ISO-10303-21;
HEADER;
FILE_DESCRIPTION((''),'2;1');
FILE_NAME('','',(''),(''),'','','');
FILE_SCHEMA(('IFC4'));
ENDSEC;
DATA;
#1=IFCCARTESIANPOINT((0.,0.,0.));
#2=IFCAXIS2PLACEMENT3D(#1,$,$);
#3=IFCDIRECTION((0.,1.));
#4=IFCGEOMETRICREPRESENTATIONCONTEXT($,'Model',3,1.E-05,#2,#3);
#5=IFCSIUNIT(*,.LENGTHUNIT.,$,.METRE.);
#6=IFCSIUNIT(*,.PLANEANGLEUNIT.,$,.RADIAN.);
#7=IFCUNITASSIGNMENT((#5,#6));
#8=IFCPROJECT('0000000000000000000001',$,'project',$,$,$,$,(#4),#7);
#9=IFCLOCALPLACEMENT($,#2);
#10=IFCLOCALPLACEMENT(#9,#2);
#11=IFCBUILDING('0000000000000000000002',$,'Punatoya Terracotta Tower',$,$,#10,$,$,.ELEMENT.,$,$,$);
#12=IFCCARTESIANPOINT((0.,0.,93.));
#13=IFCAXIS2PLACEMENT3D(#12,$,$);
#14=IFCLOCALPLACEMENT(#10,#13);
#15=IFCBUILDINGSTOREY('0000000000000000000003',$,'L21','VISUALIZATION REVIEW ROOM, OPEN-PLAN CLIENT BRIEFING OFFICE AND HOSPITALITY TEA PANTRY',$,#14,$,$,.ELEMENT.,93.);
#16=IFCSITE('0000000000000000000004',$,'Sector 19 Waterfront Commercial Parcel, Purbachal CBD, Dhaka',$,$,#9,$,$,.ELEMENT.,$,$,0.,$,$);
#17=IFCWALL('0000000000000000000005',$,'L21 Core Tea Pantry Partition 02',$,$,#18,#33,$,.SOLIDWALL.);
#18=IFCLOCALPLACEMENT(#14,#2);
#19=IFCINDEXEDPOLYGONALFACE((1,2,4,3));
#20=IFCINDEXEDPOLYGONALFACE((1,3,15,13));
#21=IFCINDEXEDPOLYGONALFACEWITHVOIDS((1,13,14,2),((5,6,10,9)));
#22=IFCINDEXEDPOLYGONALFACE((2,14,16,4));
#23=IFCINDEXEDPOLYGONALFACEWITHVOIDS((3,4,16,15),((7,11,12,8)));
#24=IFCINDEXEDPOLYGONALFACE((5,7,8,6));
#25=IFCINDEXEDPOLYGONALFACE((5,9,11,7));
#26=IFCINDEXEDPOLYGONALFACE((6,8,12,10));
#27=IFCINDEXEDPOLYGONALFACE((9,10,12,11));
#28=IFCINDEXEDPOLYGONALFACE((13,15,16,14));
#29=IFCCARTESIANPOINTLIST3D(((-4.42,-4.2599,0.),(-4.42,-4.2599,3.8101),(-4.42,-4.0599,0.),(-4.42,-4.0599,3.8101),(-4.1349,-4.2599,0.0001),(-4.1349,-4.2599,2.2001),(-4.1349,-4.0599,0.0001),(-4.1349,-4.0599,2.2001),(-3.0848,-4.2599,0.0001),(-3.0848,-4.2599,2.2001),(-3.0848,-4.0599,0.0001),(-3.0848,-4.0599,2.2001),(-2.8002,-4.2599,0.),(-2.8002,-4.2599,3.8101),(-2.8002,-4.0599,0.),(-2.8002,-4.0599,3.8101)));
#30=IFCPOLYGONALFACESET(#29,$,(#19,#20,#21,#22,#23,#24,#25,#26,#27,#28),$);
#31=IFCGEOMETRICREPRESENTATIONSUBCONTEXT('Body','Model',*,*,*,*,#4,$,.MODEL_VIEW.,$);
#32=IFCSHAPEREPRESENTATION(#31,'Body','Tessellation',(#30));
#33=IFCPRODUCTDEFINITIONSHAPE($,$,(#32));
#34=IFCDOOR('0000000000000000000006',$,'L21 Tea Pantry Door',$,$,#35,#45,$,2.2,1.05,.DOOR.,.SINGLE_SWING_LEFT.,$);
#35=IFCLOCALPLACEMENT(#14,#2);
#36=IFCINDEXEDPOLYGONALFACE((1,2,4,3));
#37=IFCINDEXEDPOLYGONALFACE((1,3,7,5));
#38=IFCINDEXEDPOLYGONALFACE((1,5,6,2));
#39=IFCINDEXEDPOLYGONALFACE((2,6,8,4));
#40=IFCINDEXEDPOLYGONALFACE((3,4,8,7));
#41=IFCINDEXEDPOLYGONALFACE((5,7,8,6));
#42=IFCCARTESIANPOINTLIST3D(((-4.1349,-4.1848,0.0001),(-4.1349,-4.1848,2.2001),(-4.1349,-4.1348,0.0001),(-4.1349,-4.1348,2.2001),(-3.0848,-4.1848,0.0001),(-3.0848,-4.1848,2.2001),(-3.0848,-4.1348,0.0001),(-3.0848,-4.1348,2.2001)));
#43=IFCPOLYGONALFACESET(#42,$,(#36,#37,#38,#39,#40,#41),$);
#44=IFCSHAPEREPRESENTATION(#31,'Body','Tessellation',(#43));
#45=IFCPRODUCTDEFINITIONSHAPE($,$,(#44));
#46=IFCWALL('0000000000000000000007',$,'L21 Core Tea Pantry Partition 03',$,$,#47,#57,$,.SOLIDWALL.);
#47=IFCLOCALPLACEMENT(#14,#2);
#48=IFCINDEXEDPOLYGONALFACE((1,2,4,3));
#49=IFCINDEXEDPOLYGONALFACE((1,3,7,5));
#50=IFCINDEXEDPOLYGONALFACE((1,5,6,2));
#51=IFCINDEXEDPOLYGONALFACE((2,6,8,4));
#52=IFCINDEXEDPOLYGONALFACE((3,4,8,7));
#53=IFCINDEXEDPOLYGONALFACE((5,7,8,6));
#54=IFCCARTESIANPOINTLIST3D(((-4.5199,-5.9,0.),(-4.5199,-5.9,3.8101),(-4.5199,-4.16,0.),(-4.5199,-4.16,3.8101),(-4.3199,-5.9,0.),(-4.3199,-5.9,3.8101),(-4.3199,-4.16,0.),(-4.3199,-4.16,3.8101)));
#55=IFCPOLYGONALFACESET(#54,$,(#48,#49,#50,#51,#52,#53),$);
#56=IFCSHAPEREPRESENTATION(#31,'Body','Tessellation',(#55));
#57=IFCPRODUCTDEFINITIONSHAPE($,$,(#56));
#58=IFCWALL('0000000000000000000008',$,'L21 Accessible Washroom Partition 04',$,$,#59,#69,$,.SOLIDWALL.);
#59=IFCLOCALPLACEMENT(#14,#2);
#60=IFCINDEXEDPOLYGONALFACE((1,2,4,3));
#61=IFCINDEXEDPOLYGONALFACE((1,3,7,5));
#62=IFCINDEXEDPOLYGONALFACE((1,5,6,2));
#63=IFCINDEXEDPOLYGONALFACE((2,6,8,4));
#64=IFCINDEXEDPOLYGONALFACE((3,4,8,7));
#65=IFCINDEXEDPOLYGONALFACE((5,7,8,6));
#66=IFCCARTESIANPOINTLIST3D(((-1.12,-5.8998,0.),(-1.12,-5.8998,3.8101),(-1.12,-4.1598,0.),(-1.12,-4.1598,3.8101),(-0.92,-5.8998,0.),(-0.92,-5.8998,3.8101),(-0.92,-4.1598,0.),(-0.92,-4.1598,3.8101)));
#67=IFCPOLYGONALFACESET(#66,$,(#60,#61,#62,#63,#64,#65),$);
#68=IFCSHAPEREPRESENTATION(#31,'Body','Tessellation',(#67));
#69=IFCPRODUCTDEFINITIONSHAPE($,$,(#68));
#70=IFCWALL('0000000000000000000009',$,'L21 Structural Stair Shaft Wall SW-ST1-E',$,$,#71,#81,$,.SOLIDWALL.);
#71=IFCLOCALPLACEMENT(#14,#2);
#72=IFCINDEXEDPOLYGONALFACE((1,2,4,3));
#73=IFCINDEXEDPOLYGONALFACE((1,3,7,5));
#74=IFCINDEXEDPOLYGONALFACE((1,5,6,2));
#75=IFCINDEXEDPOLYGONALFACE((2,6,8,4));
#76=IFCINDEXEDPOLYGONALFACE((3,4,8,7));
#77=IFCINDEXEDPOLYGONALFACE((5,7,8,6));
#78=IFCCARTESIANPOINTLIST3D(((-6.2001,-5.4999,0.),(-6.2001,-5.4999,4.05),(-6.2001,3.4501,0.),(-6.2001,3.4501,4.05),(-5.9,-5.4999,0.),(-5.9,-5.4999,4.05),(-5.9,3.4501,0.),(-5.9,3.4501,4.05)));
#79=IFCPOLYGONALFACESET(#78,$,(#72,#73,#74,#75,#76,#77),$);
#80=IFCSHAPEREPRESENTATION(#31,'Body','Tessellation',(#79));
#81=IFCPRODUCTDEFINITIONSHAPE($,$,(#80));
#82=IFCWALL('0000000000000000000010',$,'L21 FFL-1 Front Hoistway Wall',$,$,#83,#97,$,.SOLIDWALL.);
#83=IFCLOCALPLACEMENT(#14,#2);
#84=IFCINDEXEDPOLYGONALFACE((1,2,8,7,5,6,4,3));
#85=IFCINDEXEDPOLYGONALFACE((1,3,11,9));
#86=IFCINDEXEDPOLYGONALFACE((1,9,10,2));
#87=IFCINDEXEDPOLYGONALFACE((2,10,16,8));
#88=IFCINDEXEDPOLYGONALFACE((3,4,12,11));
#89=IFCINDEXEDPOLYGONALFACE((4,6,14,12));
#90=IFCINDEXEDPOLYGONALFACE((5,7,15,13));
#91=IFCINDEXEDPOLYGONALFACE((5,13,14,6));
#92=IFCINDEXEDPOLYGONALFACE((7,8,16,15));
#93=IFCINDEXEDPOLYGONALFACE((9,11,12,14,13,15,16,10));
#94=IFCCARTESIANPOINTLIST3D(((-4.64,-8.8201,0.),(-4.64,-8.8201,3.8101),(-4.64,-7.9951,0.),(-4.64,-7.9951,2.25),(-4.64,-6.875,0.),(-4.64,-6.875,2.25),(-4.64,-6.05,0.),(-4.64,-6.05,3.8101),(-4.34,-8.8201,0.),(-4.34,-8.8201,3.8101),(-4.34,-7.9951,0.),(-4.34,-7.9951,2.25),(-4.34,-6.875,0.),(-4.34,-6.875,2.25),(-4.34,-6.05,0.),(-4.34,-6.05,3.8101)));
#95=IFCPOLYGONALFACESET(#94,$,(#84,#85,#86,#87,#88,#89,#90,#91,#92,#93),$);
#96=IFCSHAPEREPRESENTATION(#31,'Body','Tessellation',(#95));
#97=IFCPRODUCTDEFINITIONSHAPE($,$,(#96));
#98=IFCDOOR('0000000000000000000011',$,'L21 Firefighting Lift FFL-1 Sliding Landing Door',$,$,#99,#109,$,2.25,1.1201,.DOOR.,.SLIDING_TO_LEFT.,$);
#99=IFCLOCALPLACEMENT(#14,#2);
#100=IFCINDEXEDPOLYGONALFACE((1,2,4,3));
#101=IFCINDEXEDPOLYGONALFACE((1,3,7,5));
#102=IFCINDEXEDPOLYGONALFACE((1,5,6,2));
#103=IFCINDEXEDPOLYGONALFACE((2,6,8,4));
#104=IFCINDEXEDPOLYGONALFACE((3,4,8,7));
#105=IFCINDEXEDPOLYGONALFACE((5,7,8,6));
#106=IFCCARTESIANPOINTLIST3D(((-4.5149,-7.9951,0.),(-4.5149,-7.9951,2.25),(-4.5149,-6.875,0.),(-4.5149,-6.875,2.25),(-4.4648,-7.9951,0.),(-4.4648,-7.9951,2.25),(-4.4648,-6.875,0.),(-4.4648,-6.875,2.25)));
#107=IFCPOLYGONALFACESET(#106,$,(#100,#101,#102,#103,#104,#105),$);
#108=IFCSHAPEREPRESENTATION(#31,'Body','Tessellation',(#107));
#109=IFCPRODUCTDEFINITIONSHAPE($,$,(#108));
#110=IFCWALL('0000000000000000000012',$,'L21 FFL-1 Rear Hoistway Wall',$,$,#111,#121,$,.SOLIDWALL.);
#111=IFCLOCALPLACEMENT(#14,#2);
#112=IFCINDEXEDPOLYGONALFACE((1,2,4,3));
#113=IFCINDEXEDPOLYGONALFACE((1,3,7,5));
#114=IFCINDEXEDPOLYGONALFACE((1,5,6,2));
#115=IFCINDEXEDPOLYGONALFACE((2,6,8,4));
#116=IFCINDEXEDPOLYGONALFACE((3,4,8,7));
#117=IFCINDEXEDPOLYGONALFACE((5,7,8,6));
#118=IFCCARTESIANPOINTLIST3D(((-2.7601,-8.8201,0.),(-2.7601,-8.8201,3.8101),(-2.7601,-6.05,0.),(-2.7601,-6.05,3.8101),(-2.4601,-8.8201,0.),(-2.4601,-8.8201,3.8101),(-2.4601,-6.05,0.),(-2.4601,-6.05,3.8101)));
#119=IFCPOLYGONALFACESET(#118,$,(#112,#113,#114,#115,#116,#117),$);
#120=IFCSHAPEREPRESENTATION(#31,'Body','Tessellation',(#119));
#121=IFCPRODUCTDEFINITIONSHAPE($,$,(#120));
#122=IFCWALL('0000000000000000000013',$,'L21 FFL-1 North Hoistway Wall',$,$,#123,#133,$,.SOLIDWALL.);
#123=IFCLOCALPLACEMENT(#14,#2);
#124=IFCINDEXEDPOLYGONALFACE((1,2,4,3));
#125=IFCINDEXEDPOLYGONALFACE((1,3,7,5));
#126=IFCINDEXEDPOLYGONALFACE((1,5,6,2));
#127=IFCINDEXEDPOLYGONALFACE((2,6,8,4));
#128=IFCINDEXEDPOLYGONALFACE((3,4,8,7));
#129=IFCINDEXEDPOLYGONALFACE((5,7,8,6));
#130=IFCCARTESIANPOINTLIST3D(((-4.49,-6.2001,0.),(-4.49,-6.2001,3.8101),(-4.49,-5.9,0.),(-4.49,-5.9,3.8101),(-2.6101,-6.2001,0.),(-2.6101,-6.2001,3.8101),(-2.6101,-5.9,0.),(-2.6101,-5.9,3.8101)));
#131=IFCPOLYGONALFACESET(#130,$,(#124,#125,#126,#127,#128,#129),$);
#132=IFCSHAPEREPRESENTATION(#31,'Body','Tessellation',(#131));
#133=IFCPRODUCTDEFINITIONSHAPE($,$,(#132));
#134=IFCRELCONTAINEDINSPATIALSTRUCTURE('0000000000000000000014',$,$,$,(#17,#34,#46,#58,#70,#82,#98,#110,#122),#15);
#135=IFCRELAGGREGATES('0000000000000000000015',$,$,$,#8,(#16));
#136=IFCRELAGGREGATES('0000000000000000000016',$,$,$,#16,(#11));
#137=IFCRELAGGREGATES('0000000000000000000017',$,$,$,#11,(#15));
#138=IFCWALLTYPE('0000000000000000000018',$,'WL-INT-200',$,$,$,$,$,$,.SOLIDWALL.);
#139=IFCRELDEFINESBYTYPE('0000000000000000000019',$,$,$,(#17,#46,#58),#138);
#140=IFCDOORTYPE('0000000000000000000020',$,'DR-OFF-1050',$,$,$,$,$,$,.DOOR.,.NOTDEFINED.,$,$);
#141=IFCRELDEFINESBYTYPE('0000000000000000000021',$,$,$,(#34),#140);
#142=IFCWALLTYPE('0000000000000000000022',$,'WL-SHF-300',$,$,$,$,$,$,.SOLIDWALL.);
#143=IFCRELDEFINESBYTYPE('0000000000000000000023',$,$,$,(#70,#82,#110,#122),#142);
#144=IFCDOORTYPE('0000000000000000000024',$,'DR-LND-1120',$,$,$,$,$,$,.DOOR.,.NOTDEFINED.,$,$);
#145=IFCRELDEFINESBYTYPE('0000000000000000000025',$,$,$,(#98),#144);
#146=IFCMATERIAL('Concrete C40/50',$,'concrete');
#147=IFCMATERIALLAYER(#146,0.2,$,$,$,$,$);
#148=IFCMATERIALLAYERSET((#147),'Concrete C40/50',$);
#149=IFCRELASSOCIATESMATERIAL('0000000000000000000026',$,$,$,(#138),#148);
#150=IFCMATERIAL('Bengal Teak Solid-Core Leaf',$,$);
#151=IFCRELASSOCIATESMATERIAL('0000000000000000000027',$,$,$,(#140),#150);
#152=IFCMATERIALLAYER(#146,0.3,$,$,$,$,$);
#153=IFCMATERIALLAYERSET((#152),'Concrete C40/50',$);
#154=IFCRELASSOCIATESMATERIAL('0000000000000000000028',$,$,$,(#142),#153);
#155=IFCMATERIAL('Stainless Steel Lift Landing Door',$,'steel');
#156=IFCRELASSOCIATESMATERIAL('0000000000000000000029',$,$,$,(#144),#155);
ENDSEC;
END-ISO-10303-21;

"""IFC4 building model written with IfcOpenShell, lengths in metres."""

from ifc_helpers import new_model, si_unit, direction, frame, frame_2d, origin, place, context, subcontext, project, spatial, rectangle, extrude, material, layer, layer_set, type_object, element, fill, save


model = new_model("IFC4")

# Units and contexts
model_context = context("Model", 3, precision=1e-05, world=origin(), true_north=direction((0.0, 1.0)))
body_context = subcontext(model_context, "Body", "Model", "MODEL_VIEW")
ifc_project = project(units=[si_unit("LENGTHUNIT", "METRE"), si_unit("PLANEANGLEUNIT", "RADIAN")], contexts=[model_context])

# Site, building, storey
site_placement = place(None, origin())
site = spatial("IfcSite", under=ifc_project, at=site_placement, Name="Sector 19 Waterfront Commercial Parcel, Purbachal CBD, Dhaka", CompositionType="ELEMENT", RefElevation=0.0)
building_placement = place(site_placement, origin())
building = spatial("IfcBuilding", under=site, at=building_placement, Name="Punatoya Terracotta Tower", CompositionType="ELEMENT")
storey_placement = place(building_placement, frame((0.0, 0.0, 93.0)))
storey = spatial("IfcBuildingStorey", under=building, at=storey_placement, Name="L21", Description="VISUALIZATION REVIEW ROOM, OPEN-PLAN CLIENT BRIEFING OFFICE AND HOSPITALITY TEA PANTRY", CompositionType="ELEMENT", Elevation=93.0)

# Shared definitions
ifc_material_1 = material(Name="Concrete C40/50", Category="concrete")

# Shared definitions
ifc_layer_1 = layer(ifc_material_1, 0.2)
ifc_layer_set_1 = layer_set([ifc_layer_1], Name="Concrete C40/50")
wall_type_1 = type_object("IfcWallType", Name="WL-INT-200", PredefinedType="SOLIDWALL", material=ifc_layer_set_1)

# Wall, opening, door
wall_1_placement = place(storey_placement, frame((-2.8, -4.1599, 0.0), z_axis=(0.0, 0.0, 1.0), x_axis=(-1.0, 0.0, 0.0)))
wall_1 = element("IfcWall", 1, at=wall_1_placement, inside=storey, type_object=wall_type_1, Name="L21 Core Tea Pantry Partition 02", PredefinedType="SOLIDWALL", context=body_context, shape_type="SweptSolid", body=[
    extrude(rectangle(XDim=1.6199, YDim=0.2, at=frame_2d((0.8101, 0.0))), origin(), (0.0, 0.0, 1.0), 3.8101),
])
opening_1_placement = place(wall_1_placement, frame((0.2849, 0.0, 0.0)))
opening_1 = element("IfcOpeningElement", 2, at=opening_1_placement, cuts=wall_1, PredefinedType="OPENING", context=body_context, shape_type="SweptSolid", body=[
    extrude(rectangle(XDim=1.05, YDim=2.2, at=frame_2d((0.5249, 1.1001))), frame((0.0, 0.1099, 0.0), z_axis=(0.0, -1.0, 0.0), x_axis=(1.0, 0.0, 0.0)), (0.0, 0.0, 1.0), 0.22),
])
ifc_material_2 = material(Name="Bengal Teak Solid-Core Leaf")
door_type_1 = type_object("IfcDoorType", Name="DR-OFF-1050", OperationType="NOTDEFINED", PredefinedType="DOOR", material=ifc_material_2)
door_1_placement = place(opening_1_placement, origin())
door_1 = element("IfcDoor", 3, at=door_1_placement, inside=storey, type_object=door_type_1, Name="L21 Tea Pantry Door", OperationType="SINGLE_SWING_LEFT", OverallHeight=2.2, OverallWidth=1.05, PredefinedType="DOOR", context=body_context, shape_type="SweptSolid", body=[
    extrude(rectangle(XDim=1.05, YDim=2.2, at=frame_2d((0.5249, 1.1001))), frame((0.0, 0.0249, 0.0), z_axis=(0.0, -1.0, 0.0), x_axis=(1.0, 0.0, 0.0)), (0.0, 0.0, 1.0), 0.05),
])
fill(opening_1, door_1)

# Walls
for number, where, z_axis, x_axis, name in (
    (4, (-4.4199, -4.1599, 0.0), (0.0, 0.0, 1.0), (0.0, -1.0, 0.0), "L21 Core Tea Pantry Partition 03"),
    (5, (-1.02, -5.8999, 0.0), (0.0, 0.0, 1.0), (0.0, 1.0, 0.0), "L21 Accessible Washroom Partition 04"),
):
    element("IfcWall", number, at=place(storey_placement, frame(where, z_axis=z_axis, x_axis=x_axis)), inside=storey, type_object=wall_type_1, Name=name, PredefinedType="SOLIDWALL", context=body_context, shape_type="SweptSolid", body=[
        extrude(rectangle(XDim=1.74, YDim=0.2, at=frame_2d((0.8701, 0.0))), origin(), (0.0, 0.0, 1.0), 3.8101),
    ])

# Wall
ifc_layer_2 = layer(ifc_material_1, 0.3)
ifc_layer_set_2 = layer_set([ifc_layer_2], Name="Concrete C40/50")
wall_type_2 = type_object("IfcWallType", Name="WL-SHF-300", PredefinedType="SOLIDWALL", material=ifc_layer_set_2)
wall_2_placement = place(storey_placement, frame((-6.05, -5.5, 0.0), z_axis=(0.0, 0.0, 1.0), x_axis=(0.0, 1.0, 0.0)))
element("IfcWall", 6, at=wall_2_placement, inside=storey, type_object=wall_type_2, Name="L21 Structural Stair Shaft Wall SW-ST1-E", PredefinedType="SOLIDWALL", context=body_context, shape_type="SweptSolid", body=[
    extrude(rectangle(XDim=8.95, YDim=0.3, at=frame_2d((4.4751, 0.0))), origin(), (0.0, 0.0, 1.0), 4.05),
])

# Wall, opening, door
wall_3_placement = place(storey_placement, frame((-4.49, -8.8201, 0.0), z_axis=(0.0, 0.0, 1.0), x_axis=(0.0, 1.0, 0.0)))
wall_3 = element("IfcWall", 7, at=wall_3_placement, inside=storey, type_object=wall_type_2, Name="L21 FFL-1 Front Hoistway Wall", PredefinedType="SOLIDWALL", context=body_context, shape_type="SweptSolid", body=[
    extrude(rectangle(XDim=2.77, YDim=0.3, at=frame_2d((1.385, 0.0))), origin(), (0.0, 0.0, 1.0), 3.8101),
])
opening_2_placement = place(wall_3_placement, frame((0.825, 0.0, 0.0)))
opening_2 = element("IfcOpeningElement", 8, at=opening_2_placement, cuts=wall_3, PredefinedType="OPENING", context=body_context, shape_type="SweptSolid", body=[
    extrude(rectangle(XDim=1.1201, YDim=2.25, at=frame_2d((0.5601, 1.125))), frame((0.0, 0.1599, 0.0), z_axis=(0.0, -1.0, 0.0), x_axis=(1.0, 0.0, 0.0)), (0.0, 0.0, 1.0), 0.3201),
])
ifc_material_3 = material(Name="Stainless Steel Lift Landing Door", Category="steel")
door_type_2 = type_object("IfcDoorType", Name="DR-LND-1120", OperationType="NOTDEFINED", PredefinedType="DOOR", material=ifc_material_3)
door_2_placement = place(opening_2_placement, origin())
door_2 = element("IfcDoor", 9, at=door_2_placement, inside=storey, type_object=door_type_2, Name="L21 Firefighting Lift FFL-1 Sliding Landing Door", OperationType="SLIDING_TO_LEFT", OverallHeight=2.25, OverallWidth=1.1201, PredefinedType="DOOR", context=body_context, shape_type="SweptSolid", body=[
    extrude(rectangle(XDim=1.1201, YDim=2.25, at=frame_2d((0.5601, 1.125))), frame((0.0, 0.0249, 0.0), z_axis=(0.0, -1.0, 0.0), x_axis=(1.0, 0.0, 0.0)), (0.0, 0.0, 1.0), 0.05),
])
fill(opening_2, door_2)

# Walls
wall_4_placement = place(storey_placement, frame((-2.6101, -8.8201, 0.0), z_axis=(0.0, 0.0, 1.0), x_axis=(0.0, 1.0, 0.0)))
element("IfcWall", 10, at=wall_4_placement, inside=storey, type_object=wall_type_2, Name="L21 FFL-1 Rear Hoistway Wall", PredefinedType="SOLIDWALL", context=body_context, shape_type="SweptSolid", body=[
    extrude(rectangle(XDim=2.77, YDim=0.3, at=frame_2d((1.385, 0.0))), origin(), (0.0, 0.0, 1.0), 3.8101),
])
wall_5_placement = place(storey_placement, frame((-4.49, -6.05, 0.0), z_axis=(0.0, 0.0, 1.0), x_axis=(1.0, 0.0, 0.0)))
element("IfcWall", 11, at=wall_5_placement, inside=storey, type_object=wall_type_2, Name="L21 FFL-1 North Hoistway Wall", PredefinedType="SOLIDWALL", context=body_context, shape_type="SweptSolid", body=[
    extrude(rectangle(XDim=1.8799, YDim=0.3, at=frame_2d((0.9399, 0.0))), origin(), (0.0, 0.0, 1.0), 3.8101),
])

save(model, "model.ifc")
